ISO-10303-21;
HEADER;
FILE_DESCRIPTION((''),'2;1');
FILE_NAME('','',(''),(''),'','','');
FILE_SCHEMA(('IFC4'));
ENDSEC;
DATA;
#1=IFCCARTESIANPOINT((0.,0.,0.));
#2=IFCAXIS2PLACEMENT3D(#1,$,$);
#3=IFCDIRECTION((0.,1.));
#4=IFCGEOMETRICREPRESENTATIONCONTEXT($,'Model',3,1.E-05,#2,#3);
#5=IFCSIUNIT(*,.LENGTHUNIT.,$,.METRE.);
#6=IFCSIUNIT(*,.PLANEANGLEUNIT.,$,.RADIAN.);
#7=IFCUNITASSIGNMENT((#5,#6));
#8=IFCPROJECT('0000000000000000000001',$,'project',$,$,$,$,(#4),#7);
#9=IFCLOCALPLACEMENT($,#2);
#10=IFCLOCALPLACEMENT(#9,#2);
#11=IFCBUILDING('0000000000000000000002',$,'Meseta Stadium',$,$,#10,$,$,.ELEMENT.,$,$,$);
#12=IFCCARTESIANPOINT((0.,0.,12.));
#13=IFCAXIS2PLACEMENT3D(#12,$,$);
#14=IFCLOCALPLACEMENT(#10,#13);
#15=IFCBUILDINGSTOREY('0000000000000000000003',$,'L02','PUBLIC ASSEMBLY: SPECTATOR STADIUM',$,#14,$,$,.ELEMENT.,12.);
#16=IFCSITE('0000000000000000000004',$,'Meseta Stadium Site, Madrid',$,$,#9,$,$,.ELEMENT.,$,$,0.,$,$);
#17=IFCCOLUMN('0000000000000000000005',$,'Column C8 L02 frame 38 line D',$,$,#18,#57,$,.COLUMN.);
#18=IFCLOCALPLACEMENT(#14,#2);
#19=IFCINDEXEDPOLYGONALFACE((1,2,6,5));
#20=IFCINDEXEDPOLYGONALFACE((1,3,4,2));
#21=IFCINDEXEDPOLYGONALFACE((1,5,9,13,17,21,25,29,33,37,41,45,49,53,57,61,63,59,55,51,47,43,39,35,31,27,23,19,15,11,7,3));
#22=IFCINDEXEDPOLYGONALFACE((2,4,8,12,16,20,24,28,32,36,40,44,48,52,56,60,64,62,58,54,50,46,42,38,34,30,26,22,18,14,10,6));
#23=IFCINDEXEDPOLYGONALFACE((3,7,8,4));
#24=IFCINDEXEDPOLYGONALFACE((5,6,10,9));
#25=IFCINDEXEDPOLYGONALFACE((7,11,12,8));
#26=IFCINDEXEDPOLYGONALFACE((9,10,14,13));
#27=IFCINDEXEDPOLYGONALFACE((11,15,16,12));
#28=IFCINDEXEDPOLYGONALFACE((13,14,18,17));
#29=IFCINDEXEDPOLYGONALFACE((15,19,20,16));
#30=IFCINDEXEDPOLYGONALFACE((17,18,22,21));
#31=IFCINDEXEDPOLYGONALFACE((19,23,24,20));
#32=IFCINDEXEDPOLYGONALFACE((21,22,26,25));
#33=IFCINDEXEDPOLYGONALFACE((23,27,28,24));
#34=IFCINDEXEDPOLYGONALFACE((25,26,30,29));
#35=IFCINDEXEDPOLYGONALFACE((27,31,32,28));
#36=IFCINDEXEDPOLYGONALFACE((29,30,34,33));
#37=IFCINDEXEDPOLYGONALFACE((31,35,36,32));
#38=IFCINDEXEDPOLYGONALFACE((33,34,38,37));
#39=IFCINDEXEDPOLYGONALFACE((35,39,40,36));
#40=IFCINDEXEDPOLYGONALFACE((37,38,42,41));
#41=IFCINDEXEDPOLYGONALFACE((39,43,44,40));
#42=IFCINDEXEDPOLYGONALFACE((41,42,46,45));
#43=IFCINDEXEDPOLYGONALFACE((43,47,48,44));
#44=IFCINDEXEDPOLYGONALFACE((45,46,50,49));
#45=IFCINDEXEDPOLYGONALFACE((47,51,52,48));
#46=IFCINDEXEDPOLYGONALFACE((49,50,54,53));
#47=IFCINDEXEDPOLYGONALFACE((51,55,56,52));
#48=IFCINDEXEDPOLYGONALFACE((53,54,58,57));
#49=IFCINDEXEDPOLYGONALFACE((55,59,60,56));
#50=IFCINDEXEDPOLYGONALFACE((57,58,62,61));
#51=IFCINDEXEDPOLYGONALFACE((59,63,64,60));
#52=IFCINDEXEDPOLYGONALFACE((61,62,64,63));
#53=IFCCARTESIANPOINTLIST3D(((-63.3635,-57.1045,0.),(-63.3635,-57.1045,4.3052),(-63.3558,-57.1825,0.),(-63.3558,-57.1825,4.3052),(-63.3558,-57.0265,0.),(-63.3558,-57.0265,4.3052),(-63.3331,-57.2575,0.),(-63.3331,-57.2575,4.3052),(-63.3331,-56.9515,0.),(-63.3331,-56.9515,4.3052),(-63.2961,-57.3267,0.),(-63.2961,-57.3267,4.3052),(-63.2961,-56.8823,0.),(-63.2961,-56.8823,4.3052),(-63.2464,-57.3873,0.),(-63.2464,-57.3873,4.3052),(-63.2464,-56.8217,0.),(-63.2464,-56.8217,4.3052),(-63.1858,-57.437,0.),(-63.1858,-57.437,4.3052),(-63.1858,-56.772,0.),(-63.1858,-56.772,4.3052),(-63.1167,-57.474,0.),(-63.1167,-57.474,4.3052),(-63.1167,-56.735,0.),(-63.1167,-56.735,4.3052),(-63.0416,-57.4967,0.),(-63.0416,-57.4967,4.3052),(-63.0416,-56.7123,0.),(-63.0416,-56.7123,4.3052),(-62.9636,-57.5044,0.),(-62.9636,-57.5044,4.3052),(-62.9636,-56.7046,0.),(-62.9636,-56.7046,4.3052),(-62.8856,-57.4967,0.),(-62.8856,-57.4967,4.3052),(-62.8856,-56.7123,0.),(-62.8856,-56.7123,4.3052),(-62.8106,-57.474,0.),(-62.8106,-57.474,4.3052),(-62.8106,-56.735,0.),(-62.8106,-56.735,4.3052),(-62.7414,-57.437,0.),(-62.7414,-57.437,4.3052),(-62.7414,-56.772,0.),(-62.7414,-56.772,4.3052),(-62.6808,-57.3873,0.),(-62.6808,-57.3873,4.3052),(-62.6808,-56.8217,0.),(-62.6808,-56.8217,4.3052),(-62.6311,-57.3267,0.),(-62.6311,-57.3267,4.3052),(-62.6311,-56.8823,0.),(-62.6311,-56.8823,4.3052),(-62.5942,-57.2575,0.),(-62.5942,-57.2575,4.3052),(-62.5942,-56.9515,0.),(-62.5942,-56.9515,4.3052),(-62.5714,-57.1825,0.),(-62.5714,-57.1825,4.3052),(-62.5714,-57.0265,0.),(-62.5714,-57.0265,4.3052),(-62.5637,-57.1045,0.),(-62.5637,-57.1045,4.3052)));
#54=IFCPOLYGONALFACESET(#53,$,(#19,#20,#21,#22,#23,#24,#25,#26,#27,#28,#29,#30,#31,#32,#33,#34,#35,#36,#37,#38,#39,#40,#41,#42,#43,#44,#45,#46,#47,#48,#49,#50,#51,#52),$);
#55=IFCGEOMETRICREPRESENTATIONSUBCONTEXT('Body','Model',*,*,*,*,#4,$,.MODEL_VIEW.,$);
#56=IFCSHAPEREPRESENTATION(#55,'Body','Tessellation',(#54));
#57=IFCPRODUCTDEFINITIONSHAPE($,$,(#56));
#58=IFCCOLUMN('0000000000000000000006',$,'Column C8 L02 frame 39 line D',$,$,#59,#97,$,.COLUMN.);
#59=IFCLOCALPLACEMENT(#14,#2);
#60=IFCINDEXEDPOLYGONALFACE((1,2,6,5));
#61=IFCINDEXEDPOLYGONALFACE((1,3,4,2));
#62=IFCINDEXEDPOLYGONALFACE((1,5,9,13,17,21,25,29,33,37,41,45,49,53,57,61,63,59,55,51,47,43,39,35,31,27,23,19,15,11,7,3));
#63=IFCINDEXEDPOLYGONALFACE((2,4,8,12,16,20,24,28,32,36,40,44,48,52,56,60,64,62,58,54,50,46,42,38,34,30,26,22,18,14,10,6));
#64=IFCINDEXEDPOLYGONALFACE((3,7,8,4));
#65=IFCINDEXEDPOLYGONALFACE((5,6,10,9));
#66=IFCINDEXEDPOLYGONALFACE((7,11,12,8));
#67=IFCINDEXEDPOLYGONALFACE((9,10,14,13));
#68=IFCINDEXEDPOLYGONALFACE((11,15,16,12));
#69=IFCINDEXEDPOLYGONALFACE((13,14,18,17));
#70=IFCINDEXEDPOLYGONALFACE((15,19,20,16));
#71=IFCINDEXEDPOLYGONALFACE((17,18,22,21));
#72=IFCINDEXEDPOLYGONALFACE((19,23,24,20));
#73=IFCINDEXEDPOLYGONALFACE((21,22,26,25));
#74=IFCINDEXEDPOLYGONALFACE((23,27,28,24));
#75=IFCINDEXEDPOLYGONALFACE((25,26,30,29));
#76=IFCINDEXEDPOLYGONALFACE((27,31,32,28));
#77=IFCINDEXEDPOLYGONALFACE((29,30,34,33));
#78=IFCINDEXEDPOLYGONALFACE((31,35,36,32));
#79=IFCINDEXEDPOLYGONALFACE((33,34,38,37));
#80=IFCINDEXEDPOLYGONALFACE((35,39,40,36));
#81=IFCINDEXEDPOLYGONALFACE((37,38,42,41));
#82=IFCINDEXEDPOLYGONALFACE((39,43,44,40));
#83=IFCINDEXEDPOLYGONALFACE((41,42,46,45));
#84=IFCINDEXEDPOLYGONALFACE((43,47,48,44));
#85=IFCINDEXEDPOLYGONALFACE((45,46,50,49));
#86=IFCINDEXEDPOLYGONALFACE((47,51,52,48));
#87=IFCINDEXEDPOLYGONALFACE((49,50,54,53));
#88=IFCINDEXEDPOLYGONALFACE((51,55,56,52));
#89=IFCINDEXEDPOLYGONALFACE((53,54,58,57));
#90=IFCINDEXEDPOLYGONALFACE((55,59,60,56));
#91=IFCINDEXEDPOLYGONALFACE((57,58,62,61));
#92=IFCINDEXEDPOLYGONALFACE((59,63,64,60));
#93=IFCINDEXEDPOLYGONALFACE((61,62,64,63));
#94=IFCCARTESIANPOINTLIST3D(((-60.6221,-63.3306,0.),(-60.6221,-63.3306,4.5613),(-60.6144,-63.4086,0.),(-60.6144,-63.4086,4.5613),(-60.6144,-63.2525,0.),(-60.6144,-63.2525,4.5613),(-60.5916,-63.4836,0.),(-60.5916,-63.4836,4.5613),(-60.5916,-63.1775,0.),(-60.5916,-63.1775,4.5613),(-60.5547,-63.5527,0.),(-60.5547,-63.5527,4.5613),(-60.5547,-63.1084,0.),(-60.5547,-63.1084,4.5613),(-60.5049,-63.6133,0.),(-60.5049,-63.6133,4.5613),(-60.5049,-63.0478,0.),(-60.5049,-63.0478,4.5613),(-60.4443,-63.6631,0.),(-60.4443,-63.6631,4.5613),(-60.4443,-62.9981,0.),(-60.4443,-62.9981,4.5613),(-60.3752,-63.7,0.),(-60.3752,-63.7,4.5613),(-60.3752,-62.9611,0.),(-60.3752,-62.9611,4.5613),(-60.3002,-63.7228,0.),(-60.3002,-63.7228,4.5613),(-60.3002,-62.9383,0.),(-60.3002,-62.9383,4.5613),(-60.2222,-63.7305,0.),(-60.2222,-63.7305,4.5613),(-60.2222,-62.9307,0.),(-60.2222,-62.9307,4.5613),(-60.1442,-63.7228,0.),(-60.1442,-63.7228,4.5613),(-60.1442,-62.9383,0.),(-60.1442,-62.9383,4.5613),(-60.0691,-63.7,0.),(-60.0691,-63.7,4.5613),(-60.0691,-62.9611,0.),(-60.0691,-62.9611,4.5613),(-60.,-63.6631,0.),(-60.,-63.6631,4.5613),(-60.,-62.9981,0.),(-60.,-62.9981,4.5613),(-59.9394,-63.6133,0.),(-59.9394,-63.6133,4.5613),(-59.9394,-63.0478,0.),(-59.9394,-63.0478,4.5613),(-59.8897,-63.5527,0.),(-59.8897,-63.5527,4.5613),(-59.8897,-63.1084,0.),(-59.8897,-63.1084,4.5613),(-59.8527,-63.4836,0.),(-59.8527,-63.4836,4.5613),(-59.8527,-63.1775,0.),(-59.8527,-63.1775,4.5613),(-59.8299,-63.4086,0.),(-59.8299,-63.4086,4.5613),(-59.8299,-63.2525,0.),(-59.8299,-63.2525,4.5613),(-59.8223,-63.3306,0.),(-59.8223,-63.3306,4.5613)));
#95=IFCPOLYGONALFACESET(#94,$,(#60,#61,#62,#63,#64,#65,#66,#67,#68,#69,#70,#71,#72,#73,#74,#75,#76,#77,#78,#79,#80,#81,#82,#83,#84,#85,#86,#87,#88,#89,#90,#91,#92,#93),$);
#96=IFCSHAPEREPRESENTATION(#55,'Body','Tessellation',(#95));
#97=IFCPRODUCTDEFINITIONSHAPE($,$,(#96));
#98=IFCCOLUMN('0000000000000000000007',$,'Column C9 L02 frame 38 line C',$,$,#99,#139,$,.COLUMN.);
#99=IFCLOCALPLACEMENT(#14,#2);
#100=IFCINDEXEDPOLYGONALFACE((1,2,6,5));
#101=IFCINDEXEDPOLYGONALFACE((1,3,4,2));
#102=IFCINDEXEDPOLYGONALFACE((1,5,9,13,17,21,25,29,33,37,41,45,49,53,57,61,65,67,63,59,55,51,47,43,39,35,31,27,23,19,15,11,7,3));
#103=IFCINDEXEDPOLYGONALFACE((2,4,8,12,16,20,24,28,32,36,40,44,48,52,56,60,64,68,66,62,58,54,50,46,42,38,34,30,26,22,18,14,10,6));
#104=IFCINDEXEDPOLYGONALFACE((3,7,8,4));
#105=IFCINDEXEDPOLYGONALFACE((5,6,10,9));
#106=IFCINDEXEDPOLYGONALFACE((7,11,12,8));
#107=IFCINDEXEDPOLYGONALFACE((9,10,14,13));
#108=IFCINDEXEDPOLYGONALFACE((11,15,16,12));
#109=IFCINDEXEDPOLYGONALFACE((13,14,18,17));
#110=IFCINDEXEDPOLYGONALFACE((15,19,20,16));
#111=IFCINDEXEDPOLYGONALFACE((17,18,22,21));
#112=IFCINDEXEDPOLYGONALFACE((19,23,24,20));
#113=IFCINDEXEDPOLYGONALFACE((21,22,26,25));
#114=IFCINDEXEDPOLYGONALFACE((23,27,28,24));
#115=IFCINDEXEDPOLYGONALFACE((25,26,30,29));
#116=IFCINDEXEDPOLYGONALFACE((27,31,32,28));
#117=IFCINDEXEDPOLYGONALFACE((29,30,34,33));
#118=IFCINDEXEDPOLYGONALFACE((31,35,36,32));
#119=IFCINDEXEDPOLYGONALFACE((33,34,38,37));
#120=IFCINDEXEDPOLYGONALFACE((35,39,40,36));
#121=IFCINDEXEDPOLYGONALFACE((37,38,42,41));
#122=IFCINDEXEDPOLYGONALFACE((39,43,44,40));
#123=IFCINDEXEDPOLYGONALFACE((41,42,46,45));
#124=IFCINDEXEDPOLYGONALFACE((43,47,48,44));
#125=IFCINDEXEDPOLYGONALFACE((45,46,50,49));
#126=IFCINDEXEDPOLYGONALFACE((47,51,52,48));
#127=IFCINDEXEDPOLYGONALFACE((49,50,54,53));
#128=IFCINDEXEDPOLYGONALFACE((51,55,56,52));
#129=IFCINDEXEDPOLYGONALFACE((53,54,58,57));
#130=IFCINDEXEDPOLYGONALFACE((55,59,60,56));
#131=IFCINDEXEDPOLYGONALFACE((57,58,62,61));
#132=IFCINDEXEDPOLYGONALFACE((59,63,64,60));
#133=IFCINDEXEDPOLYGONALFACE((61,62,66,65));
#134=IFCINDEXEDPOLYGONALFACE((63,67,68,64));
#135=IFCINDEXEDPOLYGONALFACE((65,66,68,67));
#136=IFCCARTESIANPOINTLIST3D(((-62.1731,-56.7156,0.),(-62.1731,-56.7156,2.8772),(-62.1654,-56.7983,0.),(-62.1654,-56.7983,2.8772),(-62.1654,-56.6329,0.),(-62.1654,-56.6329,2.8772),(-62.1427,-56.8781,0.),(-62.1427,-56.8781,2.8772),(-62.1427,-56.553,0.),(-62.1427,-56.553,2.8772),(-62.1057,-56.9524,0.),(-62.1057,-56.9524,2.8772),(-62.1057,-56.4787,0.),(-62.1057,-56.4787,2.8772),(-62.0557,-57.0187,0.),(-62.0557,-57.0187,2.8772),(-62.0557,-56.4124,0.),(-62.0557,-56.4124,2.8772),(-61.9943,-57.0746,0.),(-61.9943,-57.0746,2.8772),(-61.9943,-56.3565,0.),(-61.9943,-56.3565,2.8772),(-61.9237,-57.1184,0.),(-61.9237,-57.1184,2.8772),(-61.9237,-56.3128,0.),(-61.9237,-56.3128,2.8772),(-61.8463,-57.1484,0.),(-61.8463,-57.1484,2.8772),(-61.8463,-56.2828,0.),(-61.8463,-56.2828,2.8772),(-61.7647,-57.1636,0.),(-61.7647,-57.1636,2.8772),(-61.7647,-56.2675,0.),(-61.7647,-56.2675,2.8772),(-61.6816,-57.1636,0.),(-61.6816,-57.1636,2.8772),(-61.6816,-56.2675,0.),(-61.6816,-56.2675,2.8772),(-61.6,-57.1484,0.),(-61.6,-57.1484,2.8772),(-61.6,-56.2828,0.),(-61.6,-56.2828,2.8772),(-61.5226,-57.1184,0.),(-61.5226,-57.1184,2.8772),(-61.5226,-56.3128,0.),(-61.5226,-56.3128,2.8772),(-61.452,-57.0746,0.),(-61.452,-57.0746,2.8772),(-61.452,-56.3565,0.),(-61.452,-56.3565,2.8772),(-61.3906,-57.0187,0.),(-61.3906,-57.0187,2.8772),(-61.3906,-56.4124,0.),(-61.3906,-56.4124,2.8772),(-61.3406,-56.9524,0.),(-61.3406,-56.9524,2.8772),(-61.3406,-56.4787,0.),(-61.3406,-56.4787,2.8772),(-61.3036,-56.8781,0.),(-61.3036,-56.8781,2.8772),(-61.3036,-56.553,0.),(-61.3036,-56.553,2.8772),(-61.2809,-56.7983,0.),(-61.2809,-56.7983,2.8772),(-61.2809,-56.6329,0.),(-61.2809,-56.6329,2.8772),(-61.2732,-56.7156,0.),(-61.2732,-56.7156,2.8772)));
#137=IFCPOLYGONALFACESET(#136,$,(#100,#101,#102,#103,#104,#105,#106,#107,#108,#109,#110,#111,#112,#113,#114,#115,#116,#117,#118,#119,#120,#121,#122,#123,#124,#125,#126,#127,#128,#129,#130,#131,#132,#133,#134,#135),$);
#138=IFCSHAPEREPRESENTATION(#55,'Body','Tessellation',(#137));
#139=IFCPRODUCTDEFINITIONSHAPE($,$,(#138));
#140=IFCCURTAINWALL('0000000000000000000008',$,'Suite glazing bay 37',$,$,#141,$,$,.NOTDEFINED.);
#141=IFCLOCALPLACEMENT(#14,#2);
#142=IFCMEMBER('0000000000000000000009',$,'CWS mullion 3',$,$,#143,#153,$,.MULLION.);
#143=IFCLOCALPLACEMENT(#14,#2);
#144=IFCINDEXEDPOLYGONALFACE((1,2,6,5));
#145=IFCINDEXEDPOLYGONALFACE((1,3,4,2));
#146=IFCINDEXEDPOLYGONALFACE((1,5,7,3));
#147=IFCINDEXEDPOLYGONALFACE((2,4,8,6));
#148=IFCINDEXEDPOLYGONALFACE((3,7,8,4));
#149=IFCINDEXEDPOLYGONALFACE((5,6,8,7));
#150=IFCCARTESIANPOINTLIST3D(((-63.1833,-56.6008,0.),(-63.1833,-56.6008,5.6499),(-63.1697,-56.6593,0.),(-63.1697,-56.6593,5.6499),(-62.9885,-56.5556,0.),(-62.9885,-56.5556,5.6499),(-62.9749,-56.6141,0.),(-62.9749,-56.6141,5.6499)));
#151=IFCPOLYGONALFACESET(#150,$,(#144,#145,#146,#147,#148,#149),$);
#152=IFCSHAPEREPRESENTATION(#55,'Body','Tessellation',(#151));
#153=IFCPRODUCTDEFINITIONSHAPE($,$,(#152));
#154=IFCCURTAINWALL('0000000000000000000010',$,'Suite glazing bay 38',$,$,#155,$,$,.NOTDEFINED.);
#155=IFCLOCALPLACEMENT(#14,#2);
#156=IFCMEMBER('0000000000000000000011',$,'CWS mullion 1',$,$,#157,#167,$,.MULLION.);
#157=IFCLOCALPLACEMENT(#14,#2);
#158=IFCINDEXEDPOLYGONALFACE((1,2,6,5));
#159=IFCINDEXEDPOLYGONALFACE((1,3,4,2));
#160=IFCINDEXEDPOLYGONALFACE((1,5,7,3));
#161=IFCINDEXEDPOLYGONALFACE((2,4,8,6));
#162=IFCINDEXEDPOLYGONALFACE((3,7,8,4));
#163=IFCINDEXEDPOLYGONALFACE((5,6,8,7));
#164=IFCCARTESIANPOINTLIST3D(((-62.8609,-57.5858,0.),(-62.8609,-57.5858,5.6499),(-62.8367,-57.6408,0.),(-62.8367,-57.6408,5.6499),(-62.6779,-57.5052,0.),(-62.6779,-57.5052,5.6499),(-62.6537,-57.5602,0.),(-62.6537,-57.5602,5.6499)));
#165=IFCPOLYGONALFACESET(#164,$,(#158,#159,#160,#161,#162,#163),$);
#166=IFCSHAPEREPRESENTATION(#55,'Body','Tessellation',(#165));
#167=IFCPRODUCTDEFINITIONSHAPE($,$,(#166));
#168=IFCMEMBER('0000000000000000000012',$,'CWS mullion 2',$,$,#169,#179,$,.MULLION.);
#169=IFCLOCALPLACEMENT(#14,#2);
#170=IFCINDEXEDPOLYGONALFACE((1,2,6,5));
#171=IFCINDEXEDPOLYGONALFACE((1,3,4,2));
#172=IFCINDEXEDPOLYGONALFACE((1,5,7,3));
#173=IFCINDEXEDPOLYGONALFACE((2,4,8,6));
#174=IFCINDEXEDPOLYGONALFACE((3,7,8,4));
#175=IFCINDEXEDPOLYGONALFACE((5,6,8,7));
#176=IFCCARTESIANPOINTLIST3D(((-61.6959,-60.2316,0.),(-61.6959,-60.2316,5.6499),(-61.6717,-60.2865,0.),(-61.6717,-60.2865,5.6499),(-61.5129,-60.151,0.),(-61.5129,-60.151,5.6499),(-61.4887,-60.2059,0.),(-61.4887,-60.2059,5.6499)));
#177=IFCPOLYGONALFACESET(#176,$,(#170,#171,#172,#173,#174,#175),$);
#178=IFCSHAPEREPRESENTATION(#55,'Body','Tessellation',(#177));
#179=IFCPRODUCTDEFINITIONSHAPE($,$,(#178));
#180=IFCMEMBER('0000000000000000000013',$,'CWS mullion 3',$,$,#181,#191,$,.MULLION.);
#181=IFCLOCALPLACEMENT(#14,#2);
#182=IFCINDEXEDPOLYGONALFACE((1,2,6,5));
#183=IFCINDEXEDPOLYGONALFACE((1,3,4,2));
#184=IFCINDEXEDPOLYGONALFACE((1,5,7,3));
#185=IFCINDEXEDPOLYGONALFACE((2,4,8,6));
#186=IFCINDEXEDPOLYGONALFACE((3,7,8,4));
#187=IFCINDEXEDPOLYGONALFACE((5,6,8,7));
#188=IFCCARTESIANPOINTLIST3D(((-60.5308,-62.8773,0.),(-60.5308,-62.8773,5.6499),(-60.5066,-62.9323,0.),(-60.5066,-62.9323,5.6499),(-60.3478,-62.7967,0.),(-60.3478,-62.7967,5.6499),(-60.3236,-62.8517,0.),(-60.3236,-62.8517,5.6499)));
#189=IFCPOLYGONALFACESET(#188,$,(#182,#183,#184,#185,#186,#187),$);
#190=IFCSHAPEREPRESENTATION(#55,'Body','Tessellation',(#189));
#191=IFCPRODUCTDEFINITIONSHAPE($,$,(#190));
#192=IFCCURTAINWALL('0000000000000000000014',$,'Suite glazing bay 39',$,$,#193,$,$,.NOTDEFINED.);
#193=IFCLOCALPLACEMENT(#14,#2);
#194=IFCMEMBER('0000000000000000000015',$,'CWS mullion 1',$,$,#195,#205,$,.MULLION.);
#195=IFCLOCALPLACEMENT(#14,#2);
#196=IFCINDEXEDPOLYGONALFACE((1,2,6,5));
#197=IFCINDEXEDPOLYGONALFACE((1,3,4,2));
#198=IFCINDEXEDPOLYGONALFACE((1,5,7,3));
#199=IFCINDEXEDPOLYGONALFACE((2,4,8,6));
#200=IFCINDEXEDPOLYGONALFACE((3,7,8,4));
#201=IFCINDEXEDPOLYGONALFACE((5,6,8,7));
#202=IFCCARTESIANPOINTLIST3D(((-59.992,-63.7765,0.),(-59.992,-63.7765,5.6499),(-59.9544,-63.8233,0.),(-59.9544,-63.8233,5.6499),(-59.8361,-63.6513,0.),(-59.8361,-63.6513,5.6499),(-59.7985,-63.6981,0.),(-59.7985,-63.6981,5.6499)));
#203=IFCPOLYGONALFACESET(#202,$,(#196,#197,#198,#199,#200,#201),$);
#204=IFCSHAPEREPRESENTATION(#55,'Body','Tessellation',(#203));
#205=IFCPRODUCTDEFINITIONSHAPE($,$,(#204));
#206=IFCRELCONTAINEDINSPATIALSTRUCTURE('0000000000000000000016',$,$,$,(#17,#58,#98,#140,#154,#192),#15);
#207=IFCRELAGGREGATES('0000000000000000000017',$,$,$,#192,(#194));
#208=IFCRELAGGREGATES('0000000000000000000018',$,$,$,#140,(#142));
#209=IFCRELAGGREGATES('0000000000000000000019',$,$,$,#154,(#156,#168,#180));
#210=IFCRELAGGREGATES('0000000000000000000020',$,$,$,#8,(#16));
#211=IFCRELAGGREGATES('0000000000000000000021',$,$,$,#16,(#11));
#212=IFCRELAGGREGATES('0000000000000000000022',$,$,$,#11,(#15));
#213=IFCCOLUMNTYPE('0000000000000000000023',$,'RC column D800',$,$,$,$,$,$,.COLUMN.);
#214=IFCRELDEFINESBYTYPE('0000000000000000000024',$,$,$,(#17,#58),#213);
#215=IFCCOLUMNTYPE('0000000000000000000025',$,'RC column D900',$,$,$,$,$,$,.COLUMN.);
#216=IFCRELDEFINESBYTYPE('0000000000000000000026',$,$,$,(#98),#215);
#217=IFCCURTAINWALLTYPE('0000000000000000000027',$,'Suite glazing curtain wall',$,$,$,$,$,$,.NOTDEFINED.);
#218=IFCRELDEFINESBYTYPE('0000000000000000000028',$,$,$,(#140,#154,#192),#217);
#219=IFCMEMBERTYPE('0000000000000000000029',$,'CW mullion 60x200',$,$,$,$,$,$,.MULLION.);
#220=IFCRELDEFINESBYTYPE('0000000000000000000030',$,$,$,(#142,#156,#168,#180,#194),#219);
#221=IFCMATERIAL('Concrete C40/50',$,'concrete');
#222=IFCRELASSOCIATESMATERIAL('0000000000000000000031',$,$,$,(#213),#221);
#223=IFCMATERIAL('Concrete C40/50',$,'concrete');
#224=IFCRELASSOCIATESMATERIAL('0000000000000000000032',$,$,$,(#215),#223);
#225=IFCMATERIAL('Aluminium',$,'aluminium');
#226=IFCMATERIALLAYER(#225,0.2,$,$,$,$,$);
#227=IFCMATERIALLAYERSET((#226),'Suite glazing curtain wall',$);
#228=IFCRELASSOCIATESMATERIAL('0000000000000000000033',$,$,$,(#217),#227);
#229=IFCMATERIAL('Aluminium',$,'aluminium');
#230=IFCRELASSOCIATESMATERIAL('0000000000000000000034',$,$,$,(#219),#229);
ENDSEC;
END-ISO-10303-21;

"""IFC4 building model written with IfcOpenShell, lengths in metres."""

from ifc_helpers import new_model, si_unit, direction, frame, origin, origin_2d, place, context, subcontext, project, spatial, rectangle, circle, extrude, material, layer, layer_set, material_profile, profile_set, type_object, element, aggregate, save


model = new_model("IFC4")

# Units and contexts
model_context = context("Model", 3, precision=1e-05, world=origin(), true_north=direction((0.0, 1.0)))
body_context = subcontext(model_context, "Body", "Model", "MODEL_VIEW")
ifc_project = project(units=[si_unit("LENGTHUNIT", "METRE"), si_unit("PLANEANGLEUNIT", "RADIAN")], contexts=[model_context])

# Site, building, storey
site_placement = place(None, origin())
site = spatial("IfcSite", under=ifc_project, at=site_placement, Name="Meseta Stadium Site, Madrid", CompositionType="ELEMENT", RefElevation=0.0)
building_placement = place(site_placement, origin())
building = spatial("IfcBuilding", under=site, at=building_placement, Name="Meseta Stadium", CompositionType="ELEMENT")
storey_placement = place(building_placement, frame((0.0, 0.0, 12.0)))
storey = spatial("IfcBuildingStorey", under=building, at=storey_placement, Name="L02", Description="PUBLIC ASSEMBLY: SPECTATOR STADIUM", CompositionType="ELEMENT", Elevation=12.0)

# Columns
ifc_material_1 = material(Name="Concrete C40/50", Category="concrete")
ifc_material_profile_1 = material_profile(ifc_material_1, circle(Radius=0.3999, at=origin_2d()), Name="RC D800")
ifc_profile_set_1 = profile_set([ifc_material_profile_1], Name="Concrete C40/50")
column_type_1 = type_object("IfcColumnType", Name="RC column D800", PredefinedType="COLUMN", material=ifc_profile_set_1)
column_1_placement = place(storey_placement, frame((-62.9636, -57.1045, 0.0), z_axis=(0.0, 0.0, 1.0), x_axis=(1.0, 0.0, 0.0)))
element("IfcColumn", 1, at=column_1_placement, inside=storey, type_object=column_type_1, Name="Column C8 L02 frame 38 line D", PredefinedType="COLUMN", context=body_context, shape_type="SweptSolid", body=[
    extrude(circle(Radius=0.3999, at=origin_2d()), origin(), (0.0, 0.0, 1.0), 4.3052),
])
column_2_placement = place(storey_placement, frame((-60.2222, -63.3306, 0.0), z_axis=(0.0, 0.0, 1.0), x_axis=(1.0, 0.0, 0.0)))
element("IfcColumn", 2, at=column_2_placement, inside=storey, type_object=column_type_1, Name="Column C8 L02 frame 39 line D", PredefinedType="COLUMN", context=body_context, shape_type="SweptSolid", body=[
    extrude(circle(Radius=0.3999, at=origin_2d()), origin(), (0.0, 0.0, 1.0), 4.5613),
])
ifc_material_2 = material(Name="Concrete C40/50", Category="concrete")
ifc_material_profile_2 = material_profile(ifc_material_2, circle(Radius=0.45, at=origin_2d()), Name="RC D900")
ifc_profile_set_2 = profile_set([ifc_material_profile_2], Name="Concrete C40/50")
column_type_2 = type_object("IfcColumnType", Name="RC column D900", PredefinedType="COLUMN", material=ifc_profile_set_2)
column_3_placement = place(storey_placement, frame((-61.7231, -56.7156, 0.0), z_axis=(0.0, 0.0, 1.0), x_axis=(1.0, 0.0, 0.0)))
element("IfcColumn", 3, at=column_3_placement, inside=storey, type_object=column_type_2, Name="Column C9 L02 frame 38 line C", PredefinedType="COLUMN", context=body_context, shape_type="SweptSolid", body=[
    extrude(circle(Radius=0.45, at=origin_2d()), origin(), (0.0, 0.0, 1.0), 2.8772),
])

# Curtain wall, member
ifc_material_3 = material(Name="Aluminium", Category="aluminium")
ifc_layer_1 = layer(ifc_material_3, 0.2)
ifc_layer_set_1 = layer_set([ifc_layer_1], Name="Suite glazing curtain wall")
curtain_wall_type = type_object("IfcCurtainWallType", Name="Suite glazing curtain wall", PredefinedType="NOTDEFINED", material=ifc_layer_set_1)
curtain_wall_1_placement = place(storey_placement, origin())
curtain_wall_1 = element("IfcCurtainWall", 4, at=curtain_wall_1_placement, inside=storey, type_object=curtain_wall_type, Name="Suite glazing bay 37", PredefinedType="NOTDEFINED")
ifc_material_4 = material(Name="Aluminium", Category="aluminium")
ifc_material_profile_3 = material_profile(ifc_material_4, rectangle(XDim=0.2, YDim=0.0601, at=origin_2d()), Name="CW 200x60")
ifc_profile_set_3 = profile_set([ifc_material_profile_3], Name="Aluminium")
member_type_1 = type_object("IfcMemberType", Name="CW mullion 60x200", PredefinedType="MULLION", material=ifc_profile_set_3)
member_1_placement = place(storey_placement, frame((-63.0791, -56.6074, 0.0), z_axis=(0.0, 0.0, 1.0), x_axis=(0.974093, 0.226148, 0.0)))
member_1 = element("IfcMember", 5, at=member_1_placement, type_object=member_type_1, Name="CWS mullion 3", PredefinedType="MULLION", context=body_context, shape_type="SweptSolid", body=[
    extrude(rectangle(XDim=0.2, YDim=0.0601, at=origin_2d()), origin(), (0.0, 0.0, 1.0), 5.6499),
])

# Curtain wall, members
curtain_wall_2_placement = place(storey_placement, origin())
curtain_wall_2 = element("IfcCurtainWall", 6, at=curtain_wall_2_placement, inside=storey, type_object=curtain_wall_type, Name="Suite glazing bay 38", PredefinedType="NOTDEFINED")
member_2_placement = place(storey_placement, frame((-62.7573, -57.573, 0.0), z_axis=(0.0, 0.0, 1.0), x_axis=(0.915207, 0.402983, 0.0)))
member_2 = element("IfcMember", 7, at=member_2_placement, type_object=member_type_1, Name="CWS mullion 1", PredefinedType="MULLION", context=body_context, shape_type="SweptSolid", body=[
    extrude(rectangle(XDim=0.2, YDim=0.0601, at=origin_2d()), origin(), (0.0, 0.0, 1.0), 5.6499),
])
member_3_placement = place(storey_placement, frame((-61.5923, -60.2188, 0.0), z_axis=(0.0, 0.0, 1.0), x_axis=(0.915207, 0.402983, 0.0)))
member_3 = element("IfcMember", 8, at=member_3_placement, type_object=member_type_1, Name="CWS mullion 2", PredefinedType="MULLION", context=body_context, shape_type="SweptSolid", body=[
    extrude(rectangle(XDim=0.2, YDim=0.0601, at=origin_2d()), origin(), (0.0, 0.0, 1.0), 5.6499),
])
member_4_placement = place(storey_placement, frame((-60.4272, -62.8645, 0.0), z_axis=(0.0, 0.0, 1.0), x_axis=(0.915207, 0.402983, 0.0)))
member_4 = element("IfcMember", 9, at=member_4_placement, type_object=member_type_1, Name="CWS mullion 3", PredefinedType="MULLION", context=body_context, shape_type="SweptSolid", body=[
    extrude(rectangle(XDim=0.2, YDim=0.0601, at=origin_2d()), origin(), (0.0, 0.0, 1.0), 5.6499),
])

# Curtain wall, member
curtain_wall_3_placement = place(storey_placement, origin())
curtain_wall_3 = element("IfcCurtainWall", 10, at=curtain_wall_3_placement, inside=storey, type_object=curtain_wall_type, Name="Suite glazing bay 39", PredefinedType="NOTDEFINED")
member_5_placement = place(storey_placement, frame((-59.8953, -63.7373, 0.0), z_axis=(0.0, 0.0, 1.0), x_axis=(0.779454, 0.62646, 0.0)))
member_5 = element("IfcMember", 11, at=member_5_placement, type_object=member_type_1, Name="CWS mullion 1", PredefinedType="MULLION", context=body_context, shape_type="SweptSolid", body=[
    extrude(rectangle(XDim=0.2, YDim=0.0601, at=origin_2d()), origin(), (0.0, 0.0, 1.0), 5.6499),
])

aggregate(curtain_wall_3, [member_5])

aggregate(curtain_wall_1, [member_1])
aggregate(curtain_wall_2, [member_2, member_3, member_4])

save(model, "model.ifc")
